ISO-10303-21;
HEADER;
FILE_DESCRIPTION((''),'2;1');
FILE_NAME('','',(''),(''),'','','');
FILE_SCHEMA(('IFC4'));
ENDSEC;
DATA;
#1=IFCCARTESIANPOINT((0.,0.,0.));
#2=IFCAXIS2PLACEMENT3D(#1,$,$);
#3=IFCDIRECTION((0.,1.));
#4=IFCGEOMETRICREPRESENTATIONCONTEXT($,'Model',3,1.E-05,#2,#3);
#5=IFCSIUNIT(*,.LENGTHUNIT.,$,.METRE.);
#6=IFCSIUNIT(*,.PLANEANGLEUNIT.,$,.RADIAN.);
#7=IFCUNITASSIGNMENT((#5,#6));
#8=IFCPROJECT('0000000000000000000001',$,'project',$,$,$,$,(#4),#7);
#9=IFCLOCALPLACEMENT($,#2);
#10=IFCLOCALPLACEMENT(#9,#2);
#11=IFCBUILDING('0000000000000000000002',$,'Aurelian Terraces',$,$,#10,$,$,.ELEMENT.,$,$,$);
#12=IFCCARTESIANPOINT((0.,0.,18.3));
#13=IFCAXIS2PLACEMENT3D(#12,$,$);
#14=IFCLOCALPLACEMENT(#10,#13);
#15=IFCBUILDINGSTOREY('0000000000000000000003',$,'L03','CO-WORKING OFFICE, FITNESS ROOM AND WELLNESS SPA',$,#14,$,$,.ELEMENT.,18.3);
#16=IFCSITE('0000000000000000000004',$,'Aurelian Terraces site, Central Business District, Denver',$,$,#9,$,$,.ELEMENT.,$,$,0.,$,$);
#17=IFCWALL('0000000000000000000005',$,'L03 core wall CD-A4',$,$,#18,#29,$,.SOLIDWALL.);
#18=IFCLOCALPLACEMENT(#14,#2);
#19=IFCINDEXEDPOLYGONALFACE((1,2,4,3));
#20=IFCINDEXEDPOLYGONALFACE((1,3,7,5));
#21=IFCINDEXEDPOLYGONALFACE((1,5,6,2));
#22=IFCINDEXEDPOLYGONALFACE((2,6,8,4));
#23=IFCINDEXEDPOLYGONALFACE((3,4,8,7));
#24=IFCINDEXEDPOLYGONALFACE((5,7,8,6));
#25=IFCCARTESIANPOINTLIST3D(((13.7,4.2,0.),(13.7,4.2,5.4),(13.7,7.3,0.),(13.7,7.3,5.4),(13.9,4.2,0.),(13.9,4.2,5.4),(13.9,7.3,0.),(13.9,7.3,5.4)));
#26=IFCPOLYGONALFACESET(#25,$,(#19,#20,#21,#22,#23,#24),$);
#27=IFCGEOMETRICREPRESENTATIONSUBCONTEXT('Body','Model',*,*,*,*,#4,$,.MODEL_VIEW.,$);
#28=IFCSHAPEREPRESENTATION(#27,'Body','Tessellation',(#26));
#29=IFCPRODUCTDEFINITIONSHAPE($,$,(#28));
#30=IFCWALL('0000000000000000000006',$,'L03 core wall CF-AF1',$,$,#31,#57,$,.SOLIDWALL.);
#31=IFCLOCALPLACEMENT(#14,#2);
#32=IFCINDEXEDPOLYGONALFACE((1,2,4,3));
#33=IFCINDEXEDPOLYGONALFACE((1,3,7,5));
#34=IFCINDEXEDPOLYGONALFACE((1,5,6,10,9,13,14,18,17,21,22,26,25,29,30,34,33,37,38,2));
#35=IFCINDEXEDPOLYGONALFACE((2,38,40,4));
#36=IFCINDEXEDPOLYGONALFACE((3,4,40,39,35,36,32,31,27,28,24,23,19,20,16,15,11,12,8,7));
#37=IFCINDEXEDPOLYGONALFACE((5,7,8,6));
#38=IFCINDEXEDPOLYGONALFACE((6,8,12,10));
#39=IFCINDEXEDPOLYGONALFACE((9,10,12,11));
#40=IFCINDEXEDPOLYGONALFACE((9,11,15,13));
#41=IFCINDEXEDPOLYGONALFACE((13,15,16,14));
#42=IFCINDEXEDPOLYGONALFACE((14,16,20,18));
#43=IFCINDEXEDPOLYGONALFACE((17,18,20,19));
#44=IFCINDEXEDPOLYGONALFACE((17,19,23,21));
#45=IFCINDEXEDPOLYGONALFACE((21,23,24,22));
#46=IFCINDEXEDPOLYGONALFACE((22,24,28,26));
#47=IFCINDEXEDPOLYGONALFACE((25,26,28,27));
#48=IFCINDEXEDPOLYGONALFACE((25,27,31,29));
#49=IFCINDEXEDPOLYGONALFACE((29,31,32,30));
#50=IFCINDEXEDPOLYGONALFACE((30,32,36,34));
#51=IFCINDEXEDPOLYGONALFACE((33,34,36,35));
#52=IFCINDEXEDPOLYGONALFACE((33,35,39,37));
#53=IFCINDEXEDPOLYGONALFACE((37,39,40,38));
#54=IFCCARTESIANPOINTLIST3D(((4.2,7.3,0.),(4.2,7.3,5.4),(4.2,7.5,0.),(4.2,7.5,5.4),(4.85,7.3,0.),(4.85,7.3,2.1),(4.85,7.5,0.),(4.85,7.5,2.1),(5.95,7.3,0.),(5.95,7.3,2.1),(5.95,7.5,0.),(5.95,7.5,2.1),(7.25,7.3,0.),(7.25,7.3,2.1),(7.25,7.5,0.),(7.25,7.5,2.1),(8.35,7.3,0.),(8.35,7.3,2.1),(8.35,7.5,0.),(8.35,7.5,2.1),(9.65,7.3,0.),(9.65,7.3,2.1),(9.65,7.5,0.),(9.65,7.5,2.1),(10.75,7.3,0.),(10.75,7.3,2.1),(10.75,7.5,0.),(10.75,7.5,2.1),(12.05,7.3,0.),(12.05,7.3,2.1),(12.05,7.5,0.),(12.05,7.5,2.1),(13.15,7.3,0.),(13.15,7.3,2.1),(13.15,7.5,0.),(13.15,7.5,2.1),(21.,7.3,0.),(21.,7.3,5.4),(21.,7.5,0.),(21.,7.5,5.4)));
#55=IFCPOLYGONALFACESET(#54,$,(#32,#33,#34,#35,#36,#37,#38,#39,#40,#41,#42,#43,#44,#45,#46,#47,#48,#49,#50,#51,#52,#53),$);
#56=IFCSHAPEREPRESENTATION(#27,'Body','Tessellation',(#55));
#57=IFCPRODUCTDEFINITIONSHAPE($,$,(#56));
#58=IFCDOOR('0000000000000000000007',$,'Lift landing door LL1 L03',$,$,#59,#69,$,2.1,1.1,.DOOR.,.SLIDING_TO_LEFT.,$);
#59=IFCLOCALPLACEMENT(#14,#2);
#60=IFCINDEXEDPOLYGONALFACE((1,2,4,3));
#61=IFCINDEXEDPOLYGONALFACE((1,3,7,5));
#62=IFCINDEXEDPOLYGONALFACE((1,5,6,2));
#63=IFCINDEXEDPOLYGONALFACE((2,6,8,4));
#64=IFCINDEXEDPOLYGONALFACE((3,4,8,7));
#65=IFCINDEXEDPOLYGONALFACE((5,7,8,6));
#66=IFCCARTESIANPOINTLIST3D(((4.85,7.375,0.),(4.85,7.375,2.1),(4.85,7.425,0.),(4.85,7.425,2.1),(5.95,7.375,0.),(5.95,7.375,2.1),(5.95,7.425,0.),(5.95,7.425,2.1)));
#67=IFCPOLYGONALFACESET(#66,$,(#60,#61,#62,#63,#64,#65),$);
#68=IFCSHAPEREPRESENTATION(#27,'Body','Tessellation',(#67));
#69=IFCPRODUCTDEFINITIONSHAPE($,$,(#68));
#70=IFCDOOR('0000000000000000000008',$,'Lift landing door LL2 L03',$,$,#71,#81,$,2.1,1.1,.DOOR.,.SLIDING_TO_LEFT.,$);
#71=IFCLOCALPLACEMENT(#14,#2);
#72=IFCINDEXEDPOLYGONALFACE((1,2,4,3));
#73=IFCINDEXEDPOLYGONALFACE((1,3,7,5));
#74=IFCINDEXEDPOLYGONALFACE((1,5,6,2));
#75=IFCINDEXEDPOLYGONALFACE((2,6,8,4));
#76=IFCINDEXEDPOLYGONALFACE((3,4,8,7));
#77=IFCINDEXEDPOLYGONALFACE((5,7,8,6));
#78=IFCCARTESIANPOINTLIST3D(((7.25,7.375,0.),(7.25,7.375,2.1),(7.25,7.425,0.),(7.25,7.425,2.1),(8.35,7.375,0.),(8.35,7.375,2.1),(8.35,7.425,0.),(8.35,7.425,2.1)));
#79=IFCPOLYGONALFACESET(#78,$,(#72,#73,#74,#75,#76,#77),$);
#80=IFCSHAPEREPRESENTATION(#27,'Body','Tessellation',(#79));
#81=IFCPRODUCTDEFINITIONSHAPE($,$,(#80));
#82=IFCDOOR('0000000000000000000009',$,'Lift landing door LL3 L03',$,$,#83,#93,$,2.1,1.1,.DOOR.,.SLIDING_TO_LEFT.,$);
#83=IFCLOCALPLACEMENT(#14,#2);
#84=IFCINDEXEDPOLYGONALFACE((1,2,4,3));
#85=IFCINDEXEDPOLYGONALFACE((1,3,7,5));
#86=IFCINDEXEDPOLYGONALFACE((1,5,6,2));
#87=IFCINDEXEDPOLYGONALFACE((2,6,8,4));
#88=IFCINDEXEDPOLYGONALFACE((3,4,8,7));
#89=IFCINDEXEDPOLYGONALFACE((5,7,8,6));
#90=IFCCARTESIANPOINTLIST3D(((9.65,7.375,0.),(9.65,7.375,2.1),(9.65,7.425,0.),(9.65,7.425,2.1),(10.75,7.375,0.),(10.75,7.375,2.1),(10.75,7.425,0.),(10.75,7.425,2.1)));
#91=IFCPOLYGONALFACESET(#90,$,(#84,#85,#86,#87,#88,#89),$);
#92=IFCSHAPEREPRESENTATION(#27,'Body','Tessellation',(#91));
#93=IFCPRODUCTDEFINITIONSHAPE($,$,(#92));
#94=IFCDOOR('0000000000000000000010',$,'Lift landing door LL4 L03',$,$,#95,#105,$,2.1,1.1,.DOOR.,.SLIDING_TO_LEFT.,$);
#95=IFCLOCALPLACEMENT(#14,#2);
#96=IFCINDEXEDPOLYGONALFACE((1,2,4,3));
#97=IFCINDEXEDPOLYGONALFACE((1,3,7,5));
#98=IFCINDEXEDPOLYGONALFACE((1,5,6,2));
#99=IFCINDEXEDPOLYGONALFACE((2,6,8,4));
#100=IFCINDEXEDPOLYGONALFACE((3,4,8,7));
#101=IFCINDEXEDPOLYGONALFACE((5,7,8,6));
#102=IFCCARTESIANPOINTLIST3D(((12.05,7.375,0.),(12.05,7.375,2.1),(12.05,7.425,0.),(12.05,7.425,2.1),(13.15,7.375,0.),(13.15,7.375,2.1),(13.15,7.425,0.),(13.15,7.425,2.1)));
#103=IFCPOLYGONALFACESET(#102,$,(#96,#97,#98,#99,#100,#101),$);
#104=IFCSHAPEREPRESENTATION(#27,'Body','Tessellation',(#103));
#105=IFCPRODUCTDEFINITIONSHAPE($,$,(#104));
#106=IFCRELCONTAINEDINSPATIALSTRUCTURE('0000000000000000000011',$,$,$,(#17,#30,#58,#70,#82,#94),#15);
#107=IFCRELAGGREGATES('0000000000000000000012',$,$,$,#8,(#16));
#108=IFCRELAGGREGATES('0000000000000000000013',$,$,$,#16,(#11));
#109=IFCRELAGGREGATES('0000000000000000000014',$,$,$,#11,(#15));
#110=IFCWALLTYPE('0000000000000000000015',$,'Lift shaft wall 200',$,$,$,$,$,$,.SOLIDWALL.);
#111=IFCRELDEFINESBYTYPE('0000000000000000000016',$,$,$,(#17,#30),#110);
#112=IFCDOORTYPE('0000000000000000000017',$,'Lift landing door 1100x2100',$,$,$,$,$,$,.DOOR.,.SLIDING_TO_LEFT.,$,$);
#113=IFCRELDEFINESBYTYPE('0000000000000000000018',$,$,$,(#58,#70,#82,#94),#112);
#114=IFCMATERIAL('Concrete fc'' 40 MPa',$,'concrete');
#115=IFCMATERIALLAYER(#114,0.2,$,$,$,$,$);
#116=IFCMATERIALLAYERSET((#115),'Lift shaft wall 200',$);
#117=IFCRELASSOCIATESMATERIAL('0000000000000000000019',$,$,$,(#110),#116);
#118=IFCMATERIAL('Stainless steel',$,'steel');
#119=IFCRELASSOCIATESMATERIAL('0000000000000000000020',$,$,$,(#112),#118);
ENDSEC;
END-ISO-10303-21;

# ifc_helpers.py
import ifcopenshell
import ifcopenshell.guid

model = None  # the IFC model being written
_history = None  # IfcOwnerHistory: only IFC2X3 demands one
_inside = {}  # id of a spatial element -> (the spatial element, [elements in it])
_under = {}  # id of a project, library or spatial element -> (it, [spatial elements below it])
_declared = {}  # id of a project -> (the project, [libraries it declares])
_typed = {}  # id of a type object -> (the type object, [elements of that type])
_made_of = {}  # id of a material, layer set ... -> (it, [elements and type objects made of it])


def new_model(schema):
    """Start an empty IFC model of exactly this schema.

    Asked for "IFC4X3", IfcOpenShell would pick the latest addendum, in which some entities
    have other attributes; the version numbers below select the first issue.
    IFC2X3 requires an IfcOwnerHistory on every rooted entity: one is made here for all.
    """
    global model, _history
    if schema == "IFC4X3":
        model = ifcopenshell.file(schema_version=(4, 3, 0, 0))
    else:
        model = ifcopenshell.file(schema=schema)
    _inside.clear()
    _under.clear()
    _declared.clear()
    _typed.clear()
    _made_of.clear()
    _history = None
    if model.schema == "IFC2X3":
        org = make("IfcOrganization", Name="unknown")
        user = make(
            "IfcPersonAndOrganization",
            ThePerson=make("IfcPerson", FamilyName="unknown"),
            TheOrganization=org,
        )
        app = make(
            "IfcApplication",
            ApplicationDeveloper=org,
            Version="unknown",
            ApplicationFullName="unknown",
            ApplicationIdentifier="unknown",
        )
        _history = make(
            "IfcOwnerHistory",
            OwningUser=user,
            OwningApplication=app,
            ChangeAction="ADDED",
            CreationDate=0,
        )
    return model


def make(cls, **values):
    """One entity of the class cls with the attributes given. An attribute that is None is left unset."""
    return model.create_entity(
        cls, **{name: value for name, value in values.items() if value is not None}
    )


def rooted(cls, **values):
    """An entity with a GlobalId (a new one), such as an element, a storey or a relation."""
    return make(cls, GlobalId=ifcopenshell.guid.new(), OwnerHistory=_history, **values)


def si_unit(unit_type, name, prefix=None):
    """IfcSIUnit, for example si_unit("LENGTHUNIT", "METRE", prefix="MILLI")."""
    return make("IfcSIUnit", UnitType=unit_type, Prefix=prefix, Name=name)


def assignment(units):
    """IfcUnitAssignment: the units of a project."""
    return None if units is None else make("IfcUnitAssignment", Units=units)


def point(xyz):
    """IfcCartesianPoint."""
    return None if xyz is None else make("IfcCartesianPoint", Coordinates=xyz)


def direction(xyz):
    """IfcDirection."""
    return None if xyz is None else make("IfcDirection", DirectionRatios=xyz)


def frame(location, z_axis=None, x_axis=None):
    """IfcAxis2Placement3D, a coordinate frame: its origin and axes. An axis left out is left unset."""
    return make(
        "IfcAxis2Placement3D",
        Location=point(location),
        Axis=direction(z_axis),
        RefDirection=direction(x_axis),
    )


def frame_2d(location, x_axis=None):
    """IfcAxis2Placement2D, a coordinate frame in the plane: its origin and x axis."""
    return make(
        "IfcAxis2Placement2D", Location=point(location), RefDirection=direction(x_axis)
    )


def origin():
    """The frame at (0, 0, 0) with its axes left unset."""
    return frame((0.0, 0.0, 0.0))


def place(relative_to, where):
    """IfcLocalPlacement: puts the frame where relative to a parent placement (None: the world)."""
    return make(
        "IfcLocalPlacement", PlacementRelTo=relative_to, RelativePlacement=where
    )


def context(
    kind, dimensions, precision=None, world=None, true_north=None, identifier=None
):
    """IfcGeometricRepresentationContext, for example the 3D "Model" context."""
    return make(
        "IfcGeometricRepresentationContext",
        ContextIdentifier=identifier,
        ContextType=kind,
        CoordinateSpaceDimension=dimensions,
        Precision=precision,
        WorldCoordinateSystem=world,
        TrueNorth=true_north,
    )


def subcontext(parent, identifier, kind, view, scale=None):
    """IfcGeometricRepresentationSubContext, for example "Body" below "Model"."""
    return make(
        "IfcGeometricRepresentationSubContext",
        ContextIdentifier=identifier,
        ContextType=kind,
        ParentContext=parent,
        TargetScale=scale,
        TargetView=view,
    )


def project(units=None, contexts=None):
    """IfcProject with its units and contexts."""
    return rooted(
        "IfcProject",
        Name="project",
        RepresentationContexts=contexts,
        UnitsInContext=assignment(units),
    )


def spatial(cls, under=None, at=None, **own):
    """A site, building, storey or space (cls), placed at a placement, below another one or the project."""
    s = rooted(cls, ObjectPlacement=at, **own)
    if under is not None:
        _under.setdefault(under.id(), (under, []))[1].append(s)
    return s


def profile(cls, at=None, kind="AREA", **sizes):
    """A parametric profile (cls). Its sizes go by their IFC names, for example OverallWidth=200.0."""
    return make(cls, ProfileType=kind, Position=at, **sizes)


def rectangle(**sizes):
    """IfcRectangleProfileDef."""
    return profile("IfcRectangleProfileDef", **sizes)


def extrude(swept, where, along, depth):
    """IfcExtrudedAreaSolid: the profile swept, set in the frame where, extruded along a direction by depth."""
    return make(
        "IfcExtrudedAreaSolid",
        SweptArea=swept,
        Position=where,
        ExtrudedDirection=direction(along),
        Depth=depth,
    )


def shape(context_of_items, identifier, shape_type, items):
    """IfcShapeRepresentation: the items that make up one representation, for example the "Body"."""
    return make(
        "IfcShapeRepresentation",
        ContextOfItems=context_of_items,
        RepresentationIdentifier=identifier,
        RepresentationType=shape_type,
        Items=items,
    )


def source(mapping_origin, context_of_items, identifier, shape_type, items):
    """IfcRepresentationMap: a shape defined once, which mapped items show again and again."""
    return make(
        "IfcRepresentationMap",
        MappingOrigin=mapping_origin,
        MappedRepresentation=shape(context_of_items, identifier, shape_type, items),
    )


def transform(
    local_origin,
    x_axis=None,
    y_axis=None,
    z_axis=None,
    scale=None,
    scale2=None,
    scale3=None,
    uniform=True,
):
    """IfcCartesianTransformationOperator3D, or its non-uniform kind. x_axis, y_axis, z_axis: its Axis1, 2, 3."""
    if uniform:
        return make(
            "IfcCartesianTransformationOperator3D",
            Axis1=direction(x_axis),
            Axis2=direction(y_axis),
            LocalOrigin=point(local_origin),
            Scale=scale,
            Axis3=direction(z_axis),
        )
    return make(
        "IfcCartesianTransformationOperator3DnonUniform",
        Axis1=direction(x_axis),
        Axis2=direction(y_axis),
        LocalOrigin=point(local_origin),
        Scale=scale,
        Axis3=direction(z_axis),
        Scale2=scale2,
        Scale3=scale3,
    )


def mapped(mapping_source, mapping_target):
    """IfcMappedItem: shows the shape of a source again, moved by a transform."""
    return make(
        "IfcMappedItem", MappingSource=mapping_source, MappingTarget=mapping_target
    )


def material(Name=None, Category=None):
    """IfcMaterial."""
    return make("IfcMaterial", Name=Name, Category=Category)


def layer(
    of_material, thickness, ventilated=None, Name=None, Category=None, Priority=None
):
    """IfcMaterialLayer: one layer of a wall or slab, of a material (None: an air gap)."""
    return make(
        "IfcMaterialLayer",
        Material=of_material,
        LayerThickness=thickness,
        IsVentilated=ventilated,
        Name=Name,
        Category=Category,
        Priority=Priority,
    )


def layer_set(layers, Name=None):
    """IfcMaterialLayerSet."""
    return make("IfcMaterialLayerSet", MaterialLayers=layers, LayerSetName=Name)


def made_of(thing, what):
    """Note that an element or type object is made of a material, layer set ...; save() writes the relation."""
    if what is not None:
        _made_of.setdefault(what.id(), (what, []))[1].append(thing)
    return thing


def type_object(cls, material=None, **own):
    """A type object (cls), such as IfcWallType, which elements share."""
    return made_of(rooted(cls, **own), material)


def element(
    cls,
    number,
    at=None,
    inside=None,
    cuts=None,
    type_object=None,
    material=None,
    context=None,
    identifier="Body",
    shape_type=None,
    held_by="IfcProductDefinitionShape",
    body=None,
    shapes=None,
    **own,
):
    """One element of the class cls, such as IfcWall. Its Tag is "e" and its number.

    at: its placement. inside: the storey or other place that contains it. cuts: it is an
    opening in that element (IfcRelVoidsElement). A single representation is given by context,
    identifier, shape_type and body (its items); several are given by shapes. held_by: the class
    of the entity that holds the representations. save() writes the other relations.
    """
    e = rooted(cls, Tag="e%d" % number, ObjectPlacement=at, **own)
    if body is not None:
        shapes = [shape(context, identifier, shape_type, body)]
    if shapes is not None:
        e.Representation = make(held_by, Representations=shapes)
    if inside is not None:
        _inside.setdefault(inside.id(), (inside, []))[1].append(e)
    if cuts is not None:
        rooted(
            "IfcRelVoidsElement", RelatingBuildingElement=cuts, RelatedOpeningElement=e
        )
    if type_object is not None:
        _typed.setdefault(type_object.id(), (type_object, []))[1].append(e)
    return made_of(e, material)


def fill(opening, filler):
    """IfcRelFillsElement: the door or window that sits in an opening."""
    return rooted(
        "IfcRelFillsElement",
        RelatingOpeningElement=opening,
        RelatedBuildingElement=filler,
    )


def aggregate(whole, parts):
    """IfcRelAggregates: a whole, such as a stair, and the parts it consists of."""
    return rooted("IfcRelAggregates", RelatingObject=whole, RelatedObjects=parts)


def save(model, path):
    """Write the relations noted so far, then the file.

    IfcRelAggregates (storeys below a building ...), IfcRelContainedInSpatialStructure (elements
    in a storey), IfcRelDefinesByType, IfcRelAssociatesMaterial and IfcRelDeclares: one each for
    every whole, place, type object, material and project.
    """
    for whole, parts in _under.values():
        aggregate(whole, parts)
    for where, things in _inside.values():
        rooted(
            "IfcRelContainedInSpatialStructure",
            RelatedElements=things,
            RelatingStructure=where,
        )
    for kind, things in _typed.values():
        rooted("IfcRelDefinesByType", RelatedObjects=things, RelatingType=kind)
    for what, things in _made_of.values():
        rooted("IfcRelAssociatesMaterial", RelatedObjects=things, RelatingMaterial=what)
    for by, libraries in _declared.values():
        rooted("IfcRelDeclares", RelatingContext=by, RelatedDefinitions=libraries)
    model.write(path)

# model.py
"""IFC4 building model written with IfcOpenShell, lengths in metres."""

from ifc_helpers import new_model, si_unit, direction, frame, frame_2d, origin, place, context, subcontext, project, spatial, rectangle, extrude, source, transform, mapped, material, layer, layer_set, type_object, element, fill, save


model = new_model("IFC4")

# Units and contexts
model_context = context("Model", 3, precision=1e-05, world=origin(), true_north=direction((0.0, 1.0)))
body_context = subcontext(model_context, "Body", "Model", "MODEL_VIEW")
ifc_project = project(units=[si_unit("LENGTHUNIT", "METRE"), si_unit("PLANEANGLEUNIT", "RADIAN")], contexts=[model_context])

# Site, building, storey
site_placement = place(None, origin())
site = spatial("IfcSite", under=ifc_project, at=site_placement, Name="Aurelian Terraces site, Central Business District, Denver", CompositionType="ELEMENT", RefElevation=0.0)
building_placement = place(site_placement, origin())
building = spatial("IfcBuilding", under=site, at=building_placement, Name="Aurelian Terraces", CompositionType="ELEMENT")
storey_placement = place(building_placement, frame((0.0, 0.0, 18.3)))
storey = spatial("IfcBuildingStorey", under=building, at=storey_placement, Name="L03", Description="CO-WORKING OFFICE, FITNESS ROOM AND WELLNESS SPA", CompositionType="ELEMENT", Elevation=18.3)

# Wall
ifc_material_1 = material(Name="Concrete fc' 40 MPa", Category="concrete")
ifc_layer_1 = layer(ifc_material_1, 0.2)
ifc_layer_set_1 = layer_set([ifc_layer_1], Name="Lift shaft wall 200")
wall_type_1 = type_object("IfcWallType", Name="Lift shaft wall 200", PredefinedType="SOLIDWALL", material=ifc_layer_set_1)
shared_shape_1 = source(origin(), body_context, "Body", "SweptSolid", [
    extrude(rectangle(XDim=3.1, YDim=0.2, at=frame_2d((1.55, 0.0))), origin(), (0.0, 0.0, 1.0), 5.4),
])
for number, where, z_axis, x_axis, name in (
    (1, (13.8, 4.2, 0.0), (0.0, 0.0, 1.0), (0.0, 1.0, 0.0), "L03 core wall CD-A4"),
):
    element("IfcWall", number, at=place(storey_placement, frame(where, z_axis=z_axis, x_axis=x_axis)), inside=storey, type_object=wall_type_1, Name=name, PredefinedType="SOLIDWALL", context=body_context, shape_type="MappedRepresentation", body=[
        mapped(shared_shape_1, transform((0.0, 0.0, 0.0), scale=1.0)),
    ])

# Wall, openings, doors
shared_shape_2 = source(origin(), body_context, "Body", "SweptSolid", [
    extrude(rectangle(XDim=16.8, YDim=0.2, at=frame_2d((8.4, 0.0))), origin(), (0.0, 0.0, 1.0), 5.4),
])
wall_1_placement = place(storey_placement, frame((4.2, 7.4, 0.0), z_axis=(0.0, 0.0, 1.0), x_axis=(1.0, 0.0, 0.0)))
wall_1 = element("IfcWall", 2, at=wall_1_placement, inside=storey, type_object=wall_type_1, Name="L03 core wall CF-AF1", PredefinedType="SOLIDWALL", context=body_context, shape_type="MappedRepresentation", body=[
    mapped(shared_shape_2, transform((0.0, 0.0, 0.0), scale=1.0)),
])
shared_shape_3 = source(origin(), body_context, "Body", "SweptSolid", [
    extrude(rectangle(XDim=1.1, YDim=2.1, at=frame_2d((0.55, 1.05))), frame((0.0, 0.11, 0.0), z_axis=(0.0, -1.0, 0.0), x_axis=(1.0, 0.0, 0.0)), (0.0, 0.0, 1.0), 0.22),
])
opening_1_placement = place(wall_1_placement, frame((0.65, 0.0, 0.0)))
opening_1 = element("IfcOpeningElement", 3, at=opening_1_placement, cuts=wall_1, PredefinedType="OPENING", context=body_context, shape_type="MappedRepresentation", body=[
    mapped(shared_shape_3, transform((0.0, 0.0, 0.0), scale=1.0)),
])
opening_2_placement = place(wall_1_placement, frame((3.05, 0.0, 0.0)))
opening_2 = element("IfcOpeningElement", 4, at=opening_2_placement, cuts=wall_1, PredefinedType="OPENING", context=body_context, shape_type="MappedRepresentation", body=[
    mapped(shared_shape_3, transform((0.0, 0.0, 0.0), scale=1.0)),
])
opening_3_placement = place(wall_1_placement, frame((5.45, 0.0, 0.0)))
opening_3 = element("IfcOpeningElement", 5, at=opening_3_placement, cuts=wall_1, PredefinedType="OPENING", context=body_context, shape_type="MappedRepresentation", body=[
    mapped(shared_shape_3, transform((0.0, 0.0, 0.0), scale=1.0)),
])
opening_4_placement = place(wall_1_placement, frame((7.85, 0.0, 0.0)))
opening_4 = element("IfcOpeningElement", 6, at=opening_4_placement, cuts=wall_1, PredefinedType="OPENING", context=body_context, shape_type="MappedRepresentation", body=[
    mapped(shared_shape_3, transform((0.0, 0.0, 0.0), scale=1.0)),
])
ifc_material_2 = material(Name="Stainless steel", Category="steel")
door_type = type_object("IfcDoorType", Name="Lift landing door 1100x2100", OperationType="SLIDING_TO_LEFT", PredefinedType="DOOR", material=ifc_material_2)
shared_shape_4 = source(origin(), body_context, "Body", "SweptSolid", [
    extrude(rectangle(XDim=1.1, YDim=2.1, at=frame_2d((0.55, 1.05))), frame((0.0, 0.025, 0.0), z_axis=(0.0, -1.0, 0.0), x_axis=(1.0, 0.0, 0.0)), (0.0, 0.0, 1.0), 0.05),
])
door_1_placement = place(opening_1_placement, origin())
door_1 = element("IfcDoor", 7, at=door_1_placement, inside=storey, type_object=door_type, Name="Lift landing door LL1 L03", OperationType="SLIDING_TO_LEFT", OverallHeight=2.1, OverallWidth=1.1, PredefinedType="DOOR", context=body_context, shape_type="MappedRepresentation", body=[
    mapped(shared_shape_4, transform((0.0, 0.0, 0.0), scale=1.0)),
])
fill(opening_1, door_1)
door_2_placement = place(opening_2_placement, origin())
door_2 = element("IfcDoor", 8, at=door_2_placement, inside=storey, type_object=door_type, Name="Lift landing door LL2 L03", OperationType="SLIDING_TO_LEFT", OverallHeight=2.1, OverallWidth=1.1, PredefinedType="DOOR", context=body_context, shape_type="MappedRepresentation", body=[
    mapped(shared_shape_4, transform((0.0, 0.0, 0.0), scale=1.0)),
])
fill(opening_2, door_2)
door_3_placement = place(opening_3_placement, origin())
door_3 = element("IfcDoor", 9, at=door_3_placement, inside=storey, type_object=door_type, Name="Lift landing door LL3 L03", OperationType="SLIDING_TO_LEFT", OverallHeight=2.1, OverallWidth=1.1, PredefinedType="DOOR", context=body_context, shape_type="MappedRepresentation", body=[
    mapped(shared_shape_4, transform((0.0, 0.0, 0.0), scale=1.0)),
])
fill(opening_3, door_3)
door_4_placement = place(opening_4_placement, origin())
door_4 = element("IfcDoor", 10, at=door_4_placement, inside=storey, type_object=door_type, Name="Lift landing door LL4 L03", OperationType="SLIDING_TO_LEFT", OverallHeight=2.1, OverallWidth=1.1, PredefinedType="DOOR", context=body_context, shape_type="MappedRepresentation", body=[
    mapped(shared_shape_4, transform((0.0, 0.0, 0.0), scale=1.0)),
])
fill(opening_4, door_4)

save(model, "model.ifc")
